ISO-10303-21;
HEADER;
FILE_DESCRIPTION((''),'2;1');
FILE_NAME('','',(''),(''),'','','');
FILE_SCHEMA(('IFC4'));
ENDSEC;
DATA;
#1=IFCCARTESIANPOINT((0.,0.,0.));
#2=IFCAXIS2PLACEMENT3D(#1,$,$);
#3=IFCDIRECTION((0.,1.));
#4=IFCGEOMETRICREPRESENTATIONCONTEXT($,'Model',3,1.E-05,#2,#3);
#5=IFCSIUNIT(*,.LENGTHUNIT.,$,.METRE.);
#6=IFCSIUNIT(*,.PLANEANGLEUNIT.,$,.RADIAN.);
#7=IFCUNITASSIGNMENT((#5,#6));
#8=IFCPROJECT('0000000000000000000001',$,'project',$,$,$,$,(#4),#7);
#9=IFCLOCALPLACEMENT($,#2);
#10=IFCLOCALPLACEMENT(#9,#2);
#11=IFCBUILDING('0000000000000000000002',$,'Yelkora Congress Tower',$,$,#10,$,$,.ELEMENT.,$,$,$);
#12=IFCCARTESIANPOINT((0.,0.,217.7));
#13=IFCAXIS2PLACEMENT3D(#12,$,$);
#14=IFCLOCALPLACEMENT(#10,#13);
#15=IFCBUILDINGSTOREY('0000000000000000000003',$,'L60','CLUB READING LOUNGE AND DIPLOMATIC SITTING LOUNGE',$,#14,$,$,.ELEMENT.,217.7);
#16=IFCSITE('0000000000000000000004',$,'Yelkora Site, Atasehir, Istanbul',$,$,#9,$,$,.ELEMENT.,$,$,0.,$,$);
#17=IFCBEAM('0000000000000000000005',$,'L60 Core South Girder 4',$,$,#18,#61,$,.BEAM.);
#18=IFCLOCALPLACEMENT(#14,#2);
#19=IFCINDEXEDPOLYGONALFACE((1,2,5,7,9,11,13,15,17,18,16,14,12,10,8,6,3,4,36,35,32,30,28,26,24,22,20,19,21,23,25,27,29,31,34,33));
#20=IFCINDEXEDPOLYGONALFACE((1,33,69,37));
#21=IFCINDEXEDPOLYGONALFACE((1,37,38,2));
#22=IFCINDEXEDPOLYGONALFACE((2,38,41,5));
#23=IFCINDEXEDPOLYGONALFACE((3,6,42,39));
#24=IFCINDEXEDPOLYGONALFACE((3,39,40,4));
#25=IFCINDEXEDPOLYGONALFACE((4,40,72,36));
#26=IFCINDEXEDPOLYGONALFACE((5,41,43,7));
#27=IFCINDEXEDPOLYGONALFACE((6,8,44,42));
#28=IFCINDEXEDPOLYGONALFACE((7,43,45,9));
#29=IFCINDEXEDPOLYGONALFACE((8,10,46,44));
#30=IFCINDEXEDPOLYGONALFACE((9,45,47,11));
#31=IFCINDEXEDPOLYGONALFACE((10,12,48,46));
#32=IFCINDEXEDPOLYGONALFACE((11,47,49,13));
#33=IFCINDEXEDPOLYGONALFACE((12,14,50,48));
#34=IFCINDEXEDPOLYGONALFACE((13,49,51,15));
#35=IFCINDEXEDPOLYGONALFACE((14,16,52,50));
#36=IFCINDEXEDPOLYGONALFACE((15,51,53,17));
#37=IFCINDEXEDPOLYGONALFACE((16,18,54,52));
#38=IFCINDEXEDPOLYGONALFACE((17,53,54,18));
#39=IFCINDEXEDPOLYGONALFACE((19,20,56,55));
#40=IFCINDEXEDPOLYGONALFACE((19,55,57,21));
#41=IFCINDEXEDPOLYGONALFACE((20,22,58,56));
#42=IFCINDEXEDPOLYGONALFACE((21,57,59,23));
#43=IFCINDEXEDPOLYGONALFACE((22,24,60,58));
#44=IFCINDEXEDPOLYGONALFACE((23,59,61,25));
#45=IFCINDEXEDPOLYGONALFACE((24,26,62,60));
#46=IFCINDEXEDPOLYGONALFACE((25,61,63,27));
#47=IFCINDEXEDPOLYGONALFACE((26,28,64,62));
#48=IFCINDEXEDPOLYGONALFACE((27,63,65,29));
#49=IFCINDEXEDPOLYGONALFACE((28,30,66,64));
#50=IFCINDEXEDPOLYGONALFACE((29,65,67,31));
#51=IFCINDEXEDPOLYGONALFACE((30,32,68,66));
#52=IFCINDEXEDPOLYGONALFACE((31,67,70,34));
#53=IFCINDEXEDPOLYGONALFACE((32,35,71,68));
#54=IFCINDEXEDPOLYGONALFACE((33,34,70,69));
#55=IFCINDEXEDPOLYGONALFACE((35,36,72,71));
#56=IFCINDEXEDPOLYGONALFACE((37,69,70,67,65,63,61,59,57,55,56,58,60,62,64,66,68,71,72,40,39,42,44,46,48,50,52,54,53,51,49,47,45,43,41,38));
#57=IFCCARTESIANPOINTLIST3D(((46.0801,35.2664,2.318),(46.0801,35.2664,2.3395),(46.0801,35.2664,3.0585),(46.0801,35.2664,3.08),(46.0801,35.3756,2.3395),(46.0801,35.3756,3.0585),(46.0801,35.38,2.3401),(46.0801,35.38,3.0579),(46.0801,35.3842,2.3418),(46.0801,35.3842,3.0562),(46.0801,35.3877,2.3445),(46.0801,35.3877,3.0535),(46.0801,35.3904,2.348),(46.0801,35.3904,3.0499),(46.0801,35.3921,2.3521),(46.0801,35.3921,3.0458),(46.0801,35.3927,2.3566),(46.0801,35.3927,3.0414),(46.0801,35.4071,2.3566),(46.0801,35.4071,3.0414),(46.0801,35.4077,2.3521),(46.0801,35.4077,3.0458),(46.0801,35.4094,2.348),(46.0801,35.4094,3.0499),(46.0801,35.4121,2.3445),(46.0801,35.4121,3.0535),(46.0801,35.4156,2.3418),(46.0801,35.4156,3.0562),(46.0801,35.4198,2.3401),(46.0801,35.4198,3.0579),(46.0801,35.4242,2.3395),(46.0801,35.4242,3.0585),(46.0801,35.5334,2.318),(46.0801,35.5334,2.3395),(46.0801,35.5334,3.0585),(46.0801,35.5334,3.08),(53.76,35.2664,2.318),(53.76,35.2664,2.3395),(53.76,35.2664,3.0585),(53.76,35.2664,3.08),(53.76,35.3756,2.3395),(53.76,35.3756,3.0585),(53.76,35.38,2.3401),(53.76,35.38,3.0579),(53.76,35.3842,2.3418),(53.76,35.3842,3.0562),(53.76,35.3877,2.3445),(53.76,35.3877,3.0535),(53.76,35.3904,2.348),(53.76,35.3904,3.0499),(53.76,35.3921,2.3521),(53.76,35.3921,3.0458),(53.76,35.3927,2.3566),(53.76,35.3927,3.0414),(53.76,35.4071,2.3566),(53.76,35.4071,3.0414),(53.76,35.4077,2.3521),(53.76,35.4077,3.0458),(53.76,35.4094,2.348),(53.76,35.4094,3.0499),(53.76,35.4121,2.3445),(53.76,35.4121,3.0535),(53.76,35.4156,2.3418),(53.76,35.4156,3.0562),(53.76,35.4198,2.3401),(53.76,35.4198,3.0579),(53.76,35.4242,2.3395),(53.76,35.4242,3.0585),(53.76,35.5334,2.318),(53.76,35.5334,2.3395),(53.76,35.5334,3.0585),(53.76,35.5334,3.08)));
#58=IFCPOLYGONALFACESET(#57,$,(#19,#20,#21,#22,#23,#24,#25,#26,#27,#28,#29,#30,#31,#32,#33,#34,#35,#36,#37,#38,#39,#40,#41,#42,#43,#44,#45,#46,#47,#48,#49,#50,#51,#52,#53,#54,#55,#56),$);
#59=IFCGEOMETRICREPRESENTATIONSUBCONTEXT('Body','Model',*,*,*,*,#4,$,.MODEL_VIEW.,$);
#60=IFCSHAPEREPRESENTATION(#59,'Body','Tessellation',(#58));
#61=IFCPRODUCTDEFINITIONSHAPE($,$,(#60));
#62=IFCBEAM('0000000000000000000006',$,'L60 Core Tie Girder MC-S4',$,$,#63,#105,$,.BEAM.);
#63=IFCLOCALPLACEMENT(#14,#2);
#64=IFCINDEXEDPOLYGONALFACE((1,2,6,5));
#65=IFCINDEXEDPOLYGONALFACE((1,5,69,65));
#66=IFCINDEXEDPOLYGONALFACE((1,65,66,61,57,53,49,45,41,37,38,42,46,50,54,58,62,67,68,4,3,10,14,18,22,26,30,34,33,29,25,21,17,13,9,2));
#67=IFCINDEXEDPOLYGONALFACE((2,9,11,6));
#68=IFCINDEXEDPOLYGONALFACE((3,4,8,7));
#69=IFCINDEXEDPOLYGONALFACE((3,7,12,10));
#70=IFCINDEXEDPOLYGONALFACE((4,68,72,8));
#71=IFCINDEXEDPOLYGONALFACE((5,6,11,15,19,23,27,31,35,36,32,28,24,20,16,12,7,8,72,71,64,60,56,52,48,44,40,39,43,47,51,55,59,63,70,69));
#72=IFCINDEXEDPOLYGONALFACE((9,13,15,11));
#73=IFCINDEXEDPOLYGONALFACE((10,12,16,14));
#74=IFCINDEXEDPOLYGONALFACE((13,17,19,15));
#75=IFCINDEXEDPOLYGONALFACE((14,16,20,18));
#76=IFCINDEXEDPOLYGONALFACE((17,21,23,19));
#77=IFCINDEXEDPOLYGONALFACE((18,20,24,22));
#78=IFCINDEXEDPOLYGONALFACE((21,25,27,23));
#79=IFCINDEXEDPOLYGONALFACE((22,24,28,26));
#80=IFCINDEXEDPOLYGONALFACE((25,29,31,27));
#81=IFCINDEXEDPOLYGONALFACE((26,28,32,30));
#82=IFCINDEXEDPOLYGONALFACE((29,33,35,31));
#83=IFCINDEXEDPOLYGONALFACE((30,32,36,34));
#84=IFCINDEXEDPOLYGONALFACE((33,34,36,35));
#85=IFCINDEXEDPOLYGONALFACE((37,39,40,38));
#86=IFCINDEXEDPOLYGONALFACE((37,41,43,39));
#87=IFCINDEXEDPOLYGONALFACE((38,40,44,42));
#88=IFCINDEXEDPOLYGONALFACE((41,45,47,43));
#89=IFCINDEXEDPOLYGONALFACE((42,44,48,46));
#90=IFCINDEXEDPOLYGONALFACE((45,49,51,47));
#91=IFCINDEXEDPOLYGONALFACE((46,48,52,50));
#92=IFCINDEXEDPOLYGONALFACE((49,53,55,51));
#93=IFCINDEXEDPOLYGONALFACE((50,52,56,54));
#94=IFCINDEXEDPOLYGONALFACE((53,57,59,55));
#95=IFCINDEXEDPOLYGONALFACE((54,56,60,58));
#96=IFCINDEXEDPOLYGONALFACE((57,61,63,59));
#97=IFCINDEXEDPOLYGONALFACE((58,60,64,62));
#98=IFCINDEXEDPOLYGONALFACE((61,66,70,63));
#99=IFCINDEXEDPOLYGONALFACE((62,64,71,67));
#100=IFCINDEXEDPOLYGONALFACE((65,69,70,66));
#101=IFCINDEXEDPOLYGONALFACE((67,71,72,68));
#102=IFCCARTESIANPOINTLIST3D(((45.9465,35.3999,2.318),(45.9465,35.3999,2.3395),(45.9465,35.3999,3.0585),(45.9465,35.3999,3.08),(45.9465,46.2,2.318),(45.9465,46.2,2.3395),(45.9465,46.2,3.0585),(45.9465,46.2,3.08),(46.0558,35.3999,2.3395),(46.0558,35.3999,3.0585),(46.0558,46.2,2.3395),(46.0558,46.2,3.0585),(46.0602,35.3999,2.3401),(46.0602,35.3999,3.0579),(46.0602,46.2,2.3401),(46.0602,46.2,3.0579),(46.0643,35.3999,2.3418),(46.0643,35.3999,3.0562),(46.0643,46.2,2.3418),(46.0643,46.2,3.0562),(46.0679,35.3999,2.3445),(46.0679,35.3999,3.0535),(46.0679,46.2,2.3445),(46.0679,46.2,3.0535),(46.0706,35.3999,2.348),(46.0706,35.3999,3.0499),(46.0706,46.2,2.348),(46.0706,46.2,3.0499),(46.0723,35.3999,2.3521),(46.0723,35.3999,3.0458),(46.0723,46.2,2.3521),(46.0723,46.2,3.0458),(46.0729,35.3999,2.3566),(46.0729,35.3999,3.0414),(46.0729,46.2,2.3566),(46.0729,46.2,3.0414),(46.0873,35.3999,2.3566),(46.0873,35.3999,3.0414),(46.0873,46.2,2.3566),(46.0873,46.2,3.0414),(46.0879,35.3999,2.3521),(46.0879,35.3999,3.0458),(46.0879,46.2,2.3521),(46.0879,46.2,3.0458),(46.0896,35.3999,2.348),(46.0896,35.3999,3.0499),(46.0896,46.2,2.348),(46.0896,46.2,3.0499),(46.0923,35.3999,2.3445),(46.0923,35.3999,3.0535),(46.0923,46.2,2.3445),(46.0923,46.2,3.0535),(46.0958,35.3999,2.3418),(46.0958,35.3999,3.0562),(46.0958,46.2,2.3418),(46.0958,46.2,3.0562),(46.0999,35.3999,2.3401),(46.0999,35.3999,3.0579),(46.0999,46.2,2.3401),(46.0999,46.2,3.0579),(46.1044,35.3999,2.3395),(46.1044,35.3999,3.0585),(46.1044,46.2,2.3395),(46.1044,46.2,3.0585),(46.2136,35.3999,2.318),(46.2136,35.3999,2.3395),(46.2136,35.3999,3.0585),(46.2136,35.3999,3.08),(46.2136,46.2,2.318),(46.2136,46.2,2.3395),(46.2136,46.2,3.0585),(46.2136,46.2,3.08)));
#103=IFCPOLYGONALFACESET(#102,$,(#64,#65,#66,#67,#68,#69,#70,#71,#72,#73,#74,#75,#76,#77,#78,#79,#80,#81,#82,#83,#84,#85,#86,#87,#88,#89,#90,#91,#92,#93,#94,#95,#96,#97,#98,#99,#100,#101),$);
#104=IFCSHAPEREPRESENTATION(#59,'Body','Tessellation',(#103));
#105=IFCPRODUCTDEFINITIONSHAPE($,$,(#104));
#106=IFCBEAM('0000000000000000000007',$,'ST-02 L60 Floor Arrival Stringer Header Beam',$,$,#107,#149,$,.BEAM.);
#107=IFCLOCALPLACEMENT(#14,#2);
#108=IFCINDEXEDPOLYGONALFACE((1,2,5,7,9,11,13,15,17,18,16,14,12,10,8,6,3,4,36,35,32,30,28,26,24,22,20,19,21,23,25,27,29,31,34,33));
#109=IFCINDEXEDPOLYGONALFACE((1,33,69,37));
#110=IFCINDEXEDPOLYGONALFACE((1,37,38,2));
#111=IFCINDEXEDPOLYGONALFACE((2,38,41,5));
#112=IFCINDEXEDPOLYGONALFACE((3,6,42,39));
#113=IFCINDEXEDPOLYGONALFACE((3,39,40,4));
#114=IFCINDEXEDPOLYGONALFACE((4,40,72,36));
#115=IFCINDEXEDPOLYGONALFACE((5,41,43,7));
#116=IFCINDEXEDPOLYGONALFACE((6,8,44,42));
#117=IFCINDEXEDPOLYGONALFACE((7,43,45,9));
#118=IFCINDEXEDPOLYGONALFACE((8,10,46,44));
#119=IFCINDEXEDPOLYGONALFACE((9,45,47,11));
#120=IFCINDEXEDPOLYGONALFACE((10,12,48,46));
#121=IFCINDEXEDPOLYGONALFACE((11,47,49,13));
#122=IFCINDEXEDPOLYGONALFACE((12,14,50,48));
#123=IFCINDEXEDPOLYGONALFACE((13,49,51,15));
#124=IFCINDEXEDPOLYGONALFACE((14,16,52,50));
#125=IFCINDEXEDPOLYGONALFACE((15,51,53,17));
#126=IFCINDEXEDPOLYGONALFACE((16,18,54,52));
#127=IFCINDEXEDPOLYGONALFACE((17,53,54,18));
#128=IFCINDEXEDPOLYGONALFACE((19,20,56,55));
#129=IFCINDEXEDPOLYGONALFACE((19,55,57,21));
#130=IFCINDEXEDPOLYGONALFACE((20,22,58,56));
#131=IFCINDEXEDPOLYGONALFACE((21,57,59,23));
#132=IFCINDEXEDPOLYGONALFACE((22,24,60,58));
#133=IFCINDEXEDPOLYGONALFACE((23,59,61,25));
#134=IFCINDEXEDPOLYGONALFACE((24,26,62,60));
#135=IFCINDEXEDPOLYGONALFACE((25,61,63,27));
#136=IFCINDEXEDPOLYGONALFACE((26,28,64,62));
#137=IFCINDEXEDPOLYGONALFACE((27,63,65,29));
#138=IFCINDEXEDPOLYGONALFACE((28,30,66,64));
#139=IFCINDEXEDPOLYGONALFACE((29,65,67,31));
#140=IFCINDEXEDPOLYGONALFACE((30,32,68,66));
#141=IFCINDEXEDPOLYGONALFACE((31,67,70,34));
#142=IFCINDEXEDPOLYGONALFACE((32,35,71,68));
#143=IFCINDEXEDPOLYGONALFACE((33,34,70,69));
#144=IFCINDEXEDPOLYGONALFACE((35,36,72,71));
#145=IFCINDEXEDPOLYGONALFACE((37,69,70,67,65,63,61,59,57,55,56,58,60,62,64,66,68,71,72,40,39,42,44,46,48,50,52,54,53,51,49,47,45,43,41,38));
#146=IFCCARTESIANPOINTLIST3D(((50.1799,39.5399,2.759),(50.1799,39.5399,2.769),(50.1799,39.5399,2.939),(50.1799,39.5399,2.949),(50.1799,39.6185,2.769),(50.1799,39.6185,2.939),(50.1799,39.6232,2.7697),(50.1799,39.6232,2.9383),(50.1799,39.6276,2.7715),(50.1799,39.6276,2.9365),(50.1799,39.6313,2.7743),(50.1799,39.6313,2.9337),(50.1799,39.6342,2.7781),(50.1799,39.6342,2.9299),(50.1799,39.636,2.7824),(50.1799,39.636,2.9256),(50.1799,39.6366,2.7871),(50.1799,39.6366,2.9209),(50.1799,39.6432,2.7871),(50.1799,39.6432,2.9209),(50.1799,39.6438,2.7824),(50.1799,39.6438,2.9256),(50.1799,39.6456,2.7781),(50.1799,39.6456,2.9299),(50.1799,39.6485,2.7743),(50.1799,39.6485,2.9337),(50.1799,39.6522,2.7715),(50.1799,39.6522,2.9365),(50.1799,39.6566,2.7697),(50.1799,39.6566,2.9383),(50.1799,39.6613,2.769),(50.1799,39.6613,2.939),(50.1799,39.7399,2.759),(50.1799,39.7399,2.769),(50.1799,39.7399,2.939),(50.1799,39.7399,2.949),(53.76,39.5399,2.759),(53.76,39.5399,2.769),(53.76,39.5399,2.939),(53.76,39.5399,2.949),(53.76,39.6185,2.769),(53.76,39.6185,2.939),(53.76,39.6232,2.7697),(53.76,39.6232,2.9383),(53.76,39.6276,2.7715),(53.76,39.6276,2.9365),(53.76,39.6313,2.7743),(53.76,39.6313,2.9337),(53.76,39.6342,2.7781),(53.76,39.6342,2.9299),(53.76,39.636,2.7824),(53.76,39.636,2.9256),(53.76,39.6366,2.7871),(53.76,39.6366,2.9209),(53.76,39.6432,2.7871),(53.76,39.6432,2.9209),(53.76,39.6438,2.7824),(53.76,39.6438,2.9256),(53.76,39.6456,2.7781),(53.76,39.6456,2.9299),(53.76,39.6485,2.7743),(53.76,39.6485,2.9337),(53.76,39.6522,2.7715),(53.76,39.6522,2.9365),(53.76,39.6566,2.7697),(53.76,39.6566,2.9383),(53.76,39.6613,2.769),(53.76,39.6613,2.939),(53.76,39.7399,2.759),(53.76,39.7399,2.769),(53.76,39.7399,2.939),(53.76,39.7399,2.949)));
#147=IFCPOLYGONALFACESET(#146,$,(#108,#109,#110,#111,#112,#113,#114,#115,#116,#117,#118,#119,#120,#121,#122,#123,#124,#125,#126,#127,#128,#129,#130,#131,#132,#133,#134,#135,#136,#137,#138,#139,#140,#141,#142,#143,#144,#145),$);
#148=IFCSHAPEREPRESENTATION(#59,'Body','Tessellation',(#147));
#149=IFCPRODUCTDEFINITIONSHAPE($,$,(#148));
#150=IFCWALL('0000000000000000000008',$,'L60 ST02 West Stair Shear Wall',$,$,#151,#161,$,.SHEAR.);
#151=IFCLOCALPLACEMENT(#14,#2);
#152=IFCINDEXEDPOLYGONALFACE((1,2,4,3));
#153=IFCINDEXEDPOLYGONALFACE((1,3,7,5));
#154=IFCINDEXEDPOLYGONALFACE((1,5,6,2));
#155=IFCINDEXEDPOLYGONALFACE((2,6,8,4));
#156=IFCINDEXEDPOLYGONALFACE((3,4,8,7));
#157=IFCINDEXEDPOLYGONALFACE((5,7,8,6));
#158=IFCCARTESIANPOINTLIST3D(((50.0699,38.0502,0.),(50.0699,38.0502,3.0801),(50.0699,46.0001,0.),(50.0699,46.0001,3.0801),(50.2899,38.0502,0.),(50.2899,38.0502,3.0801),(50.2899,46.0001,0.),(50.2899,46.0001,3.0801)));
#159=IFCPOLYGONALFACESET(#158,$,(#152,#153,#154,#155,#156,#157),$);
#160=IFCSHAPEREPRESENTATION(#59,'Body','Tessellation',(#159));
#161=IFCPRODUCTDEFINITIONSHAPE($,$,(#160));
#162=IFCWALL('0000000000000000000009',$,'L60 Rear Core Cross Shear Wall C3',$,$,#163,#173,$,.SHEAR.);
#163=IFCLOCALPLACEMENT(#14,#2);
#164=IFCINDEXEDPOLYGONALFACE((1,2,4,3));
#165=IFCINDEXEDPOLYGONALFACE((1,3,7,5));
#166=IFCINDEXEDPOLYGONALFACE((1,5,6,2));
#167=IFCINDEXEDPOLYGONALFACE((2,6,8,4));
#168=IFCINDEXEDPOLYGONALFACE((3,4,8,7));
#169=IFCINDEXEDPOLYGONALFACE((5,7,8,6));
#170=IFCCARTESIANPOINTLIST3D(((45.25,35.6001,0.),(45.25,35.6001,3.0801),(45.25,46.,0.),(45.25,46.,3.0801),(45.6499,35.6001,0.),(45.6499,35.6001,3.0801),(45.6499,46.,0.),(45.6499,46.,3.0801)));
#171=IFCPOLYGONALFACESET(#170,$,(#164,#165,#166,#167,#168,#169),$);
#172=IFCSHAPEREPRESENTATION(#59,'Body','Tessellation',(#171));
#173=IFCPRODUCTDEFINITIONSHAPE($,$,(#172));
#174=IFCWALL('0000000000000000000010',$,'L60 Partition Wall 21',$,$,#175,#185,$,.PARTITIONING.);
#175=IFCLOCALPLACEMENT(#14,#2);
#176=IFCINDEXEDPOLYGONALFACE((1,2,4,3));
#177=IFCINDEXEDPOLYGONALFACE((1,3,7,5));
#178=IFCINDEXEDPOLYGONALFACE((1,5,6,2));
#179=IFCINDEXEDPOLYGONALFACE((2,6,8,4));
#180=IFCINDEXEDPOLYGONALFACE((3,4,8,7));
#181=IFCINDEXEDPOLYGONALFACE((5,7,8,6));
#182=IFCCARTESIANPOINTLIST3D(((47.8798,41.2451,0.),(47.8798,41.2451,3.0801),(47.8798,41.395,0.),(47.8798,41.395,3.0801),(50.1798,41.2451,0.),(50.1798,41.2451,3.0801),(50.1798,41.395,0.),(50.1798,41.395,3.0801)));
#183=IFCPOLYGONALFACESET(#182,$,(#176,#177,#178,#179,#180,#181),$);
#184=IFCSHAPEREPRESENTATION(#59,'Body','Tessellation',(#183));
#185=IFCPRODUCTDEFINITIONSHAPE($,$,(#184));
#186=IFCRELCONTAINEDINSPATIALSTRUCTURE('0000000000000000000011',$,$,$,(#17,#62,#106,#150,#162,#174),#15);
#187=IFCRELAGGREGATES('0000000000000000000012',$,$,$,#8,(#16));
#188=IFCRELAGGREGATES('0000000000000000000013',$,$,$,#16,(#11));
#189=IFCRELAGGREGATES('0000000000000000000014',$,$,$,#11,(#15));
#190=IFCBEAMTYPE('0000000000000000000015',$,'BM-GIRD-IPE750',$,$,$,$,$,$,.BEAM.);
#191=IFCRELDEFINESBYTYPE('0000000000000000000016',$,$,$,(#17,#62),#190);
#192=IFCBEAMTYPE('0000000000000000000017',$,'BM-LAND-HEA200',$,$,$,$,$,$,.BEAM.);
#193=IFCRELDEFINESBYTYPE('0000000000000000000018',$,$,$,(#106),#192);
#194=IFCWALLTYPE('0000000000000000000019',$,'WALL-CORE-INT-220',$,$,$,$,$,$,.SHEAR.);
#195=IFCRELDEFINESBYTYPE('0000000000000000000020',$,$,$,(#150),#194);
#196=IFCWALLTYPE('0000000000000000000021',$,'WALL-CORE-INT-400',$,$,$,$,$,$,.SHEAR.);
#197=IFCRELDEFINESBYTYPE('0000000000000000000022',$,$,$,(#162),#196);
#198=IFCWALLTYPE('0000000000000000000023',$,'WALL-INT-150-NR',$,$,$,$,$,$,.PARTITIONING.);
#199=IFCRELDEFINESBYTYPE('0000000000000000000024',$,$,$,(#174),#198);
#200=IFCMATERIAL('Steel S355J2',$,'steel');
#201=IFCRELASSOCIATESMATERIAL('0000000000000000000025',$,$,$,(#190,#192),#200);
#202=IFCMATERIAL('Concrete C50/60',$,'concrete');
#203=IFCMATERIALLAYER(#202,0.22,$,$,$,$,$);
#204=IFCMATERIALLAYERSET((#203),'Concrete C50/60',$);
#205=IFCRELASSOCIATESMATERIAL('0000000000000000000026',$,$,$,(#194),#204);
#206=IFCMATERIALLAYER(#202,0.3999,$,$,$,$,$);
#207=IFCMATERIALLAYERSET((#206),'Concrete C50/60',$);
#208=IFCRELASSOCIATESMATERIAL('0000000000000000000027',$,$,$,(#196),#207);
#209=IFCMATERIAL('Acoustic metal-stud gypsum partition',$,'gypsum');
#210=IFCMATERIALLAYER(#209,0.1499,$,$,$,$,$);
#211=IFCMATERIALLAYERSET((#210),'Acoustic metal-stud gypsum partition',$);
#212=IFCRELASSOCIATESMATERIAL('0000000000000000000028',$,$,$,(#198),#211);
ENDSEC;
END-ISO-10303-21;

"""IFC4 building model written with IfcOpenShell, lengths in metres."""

from ifc_helpers import new_model, si_unit, direction, frame, frame_2d, origin, origin_2d, place, context, subcontext, project, spatial, rectangle, i_section, extrude, material, layer, layer_set, material_profile, profile_set, type_object, element, save


model = new_model("IFC4")

# Units and contexts
model_context = context("Model", 3, precision=1e-05, world=origin(), true_north=direction((0.0, 1.0)))
body_context = subcontext(model_context, "Body", "Model", "MODEL_VIEW")
ifc_project = project(units=[si_unit("LENGTHUNIT", "METRE"), si_unit("PLANEANGLEUNIT", "RADIAN")], contexts=[model_context])

# Site, building, storey
site_placement = place(None, origin())
site = spatial("IfcSite", under=ifc_project, at=site_placement, Name="Yelkora Site, Atasehir, Istanbul", CompositionType="ELEMENT", RefElevation=0.0)
building_placement = place(site_placement, origin())
building = spatial("IfcBuilding", under=site, at=building_placement, Name="Yelkora Congress Tower", CompositionType="ELEMENT")
storey_placement = place(building_placement, frame((0.0, 0.0, 217.7)))
storey = spatial("IfcBuildingStorey", under=building, at=storey_placement, Name="L60", Description="CLUB READING LOUNGE AND DIPLOMATIC SITTING LOUNGE", CompositionType="ELEMENT", Elevation=217.7)

# Beams
ifc_material_1 = material(Name="Steel S355J2", Category="steel")
ifc_material_profile_1 = material_profile(ifc_material_1, i_section(OverallWidth=0.2671, OverallDepth=0.762, WebThickness=0.0144, FlangeThickness=0.0215, FilletRadius=0.0171, at=origin_2d()), Name="IPE 750x173")
ifc_profile_set_1 = profile_set([ifc_material_profile_1], Name="Steel S355J2")
beam_type_1 = type_object("IfcBeamType", Name="BM-GIRD-IPE750", PredefinedType="BEAM", material=ifc_profile_set_1)
beam_1_placement = place(storey_placement, frame((46.0801, 35.3999, 2.699), z_axis=(1.0, 0.0, 0.0), x_axis=(0.0, 1.0, 0.0)))
element("IfcBeam", 1, at=beam_1_placement, inside=storey, type_object=beam_type_1, Name="L60 Core South Girder 4", PredefinedType="BEAM", context=body_context, shape_type="SweptSolid", body=[
    extrude(i_section(OverallWidth=0.2671, OverallDepth=0.762, WebThickness=0.0144, FlangeThickness=0.0215, FilletRadius=0.0171, at=origin_2d()), origin(), (0.0, 0.0, 1.0), 7.6799),
])
beam_2_placement = place(storey_placement, frame((46.0801, 35.3999, 2.699), z_axis=(0.0, 1.0, 0.0), x_axis=(-1.0, 0.0, 0.0)))
element("IfcBeam", 2, at=beam_2_placement, inside=storey, type_object=beam_type_1, Name="L60 Core Tie Girder MC-S4", PredefinedType="BEAM", context=body_context, shape_type="SweptSolid", body=[
    extrude(i_section(OverallWidth=0.2671, OverallDepth=0.762, WebThickness=0.0144, FlangeThickness=0.0215, FilletRadius=0.0171, at=origin_2d()), origin(), (0.0, 0.0, 1.0), 10.8),
])
ifc_material_profile_2 = material_profile(ifc_material_1, i_section(OverallWidth=0.2, OverallDepth=0.1899, WebThickness=0.0066, FlangeThickness=0.01, FilletRadius=0.0181, at=origin_2d()), Name="HEA 200")
ifc_profile_set_2 = profile_set([ifc_material_profile_2], Name="Steel S355J2")
beam_type_2 = type_object("IfcBeamType", Name="BM-LAND-HEA200", PredefinedType="BEAM", material=ifc_profile_set_2)
beam_3_placement = place(storey_placement, frame((50.1799, 39.6399, 2.854), z_axis=(1.0, 0.0, 0.0), x_axis=(0.0, 1.0, 0.0)))
element("IfcBeam", 3, at=beam_3_placement, inside=storey, type_object=beam_type_2, Name="ST-02 L60 Floor Arrival Stringer Header Beam", PredefinedType="BEAM", context=body_context, shape_type="SweptSolid", body=[
    extrude(i_section(OverallWidth=0.2, OverallDepth=0.1899, WebThickness=0.0066, FlangeThickness=0.01, FilletRadius=0.0181, at=origin_2d()), origin(), (0.0, 0.0, 1.0), 3.5801),
])

# Walls
ifc_material_2 = material(Name="Concrete C50/60", Category="concrete")
ifc_layer_1 = layer(ifc_material_2, 0.22)
ifc_layer_set_1 = layer_set([ifc_layer_1], Name="Concrete C50/60")
wall_type_1 = type_object("IfcWallType", Name="WALL-CORE-INT-220", PredefinedType="SHEAR", material=ifc_layer_set_1)
wall_1_placement = place(storey_placement, frame((50.1799, 38.05, 0.0), z_axis=(0.0, 0.0, 1.0), x_axis=(0.0, 1.0, 0.0)))
element("IfcWall", 4, at=wall_1_placement, inside=storey, type_object=wall_type_1, Name="L60 ST02 West Stair Shear Wall", PredefinedType="SHEAR", context=body_context, shape_type="SweptSolid", body=[
    extrude(rectangle(XDim=7.95, YDim=0.22, at=frame_2d((3.9751, 0.0))), origin(), (0.0, 0.0, 1.0), 3.0801),
])
ifc_layer_2 = layer(ifc_material_2, 0.3999)
ifc_layer_set_2 = layer_set([ifc_layer_2], Name="Concrete C50/60")
wall_type_2 = type_object("IfcWallType", Name="WALL-CORE-INT-400", PredefinedType="SHEAR", material=ifc_layer_set_2)
wall_2_placement = place(storey_placement, frame((45.45, 35.6001, 0.0), z_axis=(0.0, 0.0, 1.0), x_axis=(0.0, 1.0, 0.0)))
element("IfcWall", 5, at=wall_2_placement, inside=storey, type_object=wall_type_2, Name="L60 Rear Core Cross Shear Wall C3", PredefinedType="SHEAR", context=body_context, shape_type="SweptSolid", body=[
    extrude(rectangle(XDim=10.3999, YDim=0.3999, at=frame_2d((5.2, 0.0))), origin(), (0.0, 0.0, 1.0), 3.0801),
])
ifc_material_3 = material(Name="Acoustic metal-stud gypsum partition", Category="gypsum")
ifc_layer_3 = layer(ifc_material_3, 0.1499)
ifc_layer_set_3 = layer_set([ifc_layer_3], Name="Acoustic metal-stud gypsum partition")
wall_type_3 = type_object("IfcWallType", Name="WALL-INT-150-NR", PredefinedType="PARTITIONING", material=ifc_layer_set_3)
wall_3_placement = place(storey_placement, frame((47.8799, 41.3201, 0.0), z_axis=(0.0, 0.0, 1.0), x_axis=(1.0, 0.0, 0.0)))
element("IfcWall", 6, at=wall_3_placement, inside=storey, type_object=wall_type_3, Name="L60 Partition Wall 21", PredefinedType="PARTITIONING", context=body_context, shape_type="SweptSolid", body=[
    extrude(rectangle(XDim=2.3, YDim=0.1499, at=frame_2d((1.1499, 0.0))), origin(), (0.0, 0.0, 1.0), 3.0801),
])

save(model, "model.ifc")
